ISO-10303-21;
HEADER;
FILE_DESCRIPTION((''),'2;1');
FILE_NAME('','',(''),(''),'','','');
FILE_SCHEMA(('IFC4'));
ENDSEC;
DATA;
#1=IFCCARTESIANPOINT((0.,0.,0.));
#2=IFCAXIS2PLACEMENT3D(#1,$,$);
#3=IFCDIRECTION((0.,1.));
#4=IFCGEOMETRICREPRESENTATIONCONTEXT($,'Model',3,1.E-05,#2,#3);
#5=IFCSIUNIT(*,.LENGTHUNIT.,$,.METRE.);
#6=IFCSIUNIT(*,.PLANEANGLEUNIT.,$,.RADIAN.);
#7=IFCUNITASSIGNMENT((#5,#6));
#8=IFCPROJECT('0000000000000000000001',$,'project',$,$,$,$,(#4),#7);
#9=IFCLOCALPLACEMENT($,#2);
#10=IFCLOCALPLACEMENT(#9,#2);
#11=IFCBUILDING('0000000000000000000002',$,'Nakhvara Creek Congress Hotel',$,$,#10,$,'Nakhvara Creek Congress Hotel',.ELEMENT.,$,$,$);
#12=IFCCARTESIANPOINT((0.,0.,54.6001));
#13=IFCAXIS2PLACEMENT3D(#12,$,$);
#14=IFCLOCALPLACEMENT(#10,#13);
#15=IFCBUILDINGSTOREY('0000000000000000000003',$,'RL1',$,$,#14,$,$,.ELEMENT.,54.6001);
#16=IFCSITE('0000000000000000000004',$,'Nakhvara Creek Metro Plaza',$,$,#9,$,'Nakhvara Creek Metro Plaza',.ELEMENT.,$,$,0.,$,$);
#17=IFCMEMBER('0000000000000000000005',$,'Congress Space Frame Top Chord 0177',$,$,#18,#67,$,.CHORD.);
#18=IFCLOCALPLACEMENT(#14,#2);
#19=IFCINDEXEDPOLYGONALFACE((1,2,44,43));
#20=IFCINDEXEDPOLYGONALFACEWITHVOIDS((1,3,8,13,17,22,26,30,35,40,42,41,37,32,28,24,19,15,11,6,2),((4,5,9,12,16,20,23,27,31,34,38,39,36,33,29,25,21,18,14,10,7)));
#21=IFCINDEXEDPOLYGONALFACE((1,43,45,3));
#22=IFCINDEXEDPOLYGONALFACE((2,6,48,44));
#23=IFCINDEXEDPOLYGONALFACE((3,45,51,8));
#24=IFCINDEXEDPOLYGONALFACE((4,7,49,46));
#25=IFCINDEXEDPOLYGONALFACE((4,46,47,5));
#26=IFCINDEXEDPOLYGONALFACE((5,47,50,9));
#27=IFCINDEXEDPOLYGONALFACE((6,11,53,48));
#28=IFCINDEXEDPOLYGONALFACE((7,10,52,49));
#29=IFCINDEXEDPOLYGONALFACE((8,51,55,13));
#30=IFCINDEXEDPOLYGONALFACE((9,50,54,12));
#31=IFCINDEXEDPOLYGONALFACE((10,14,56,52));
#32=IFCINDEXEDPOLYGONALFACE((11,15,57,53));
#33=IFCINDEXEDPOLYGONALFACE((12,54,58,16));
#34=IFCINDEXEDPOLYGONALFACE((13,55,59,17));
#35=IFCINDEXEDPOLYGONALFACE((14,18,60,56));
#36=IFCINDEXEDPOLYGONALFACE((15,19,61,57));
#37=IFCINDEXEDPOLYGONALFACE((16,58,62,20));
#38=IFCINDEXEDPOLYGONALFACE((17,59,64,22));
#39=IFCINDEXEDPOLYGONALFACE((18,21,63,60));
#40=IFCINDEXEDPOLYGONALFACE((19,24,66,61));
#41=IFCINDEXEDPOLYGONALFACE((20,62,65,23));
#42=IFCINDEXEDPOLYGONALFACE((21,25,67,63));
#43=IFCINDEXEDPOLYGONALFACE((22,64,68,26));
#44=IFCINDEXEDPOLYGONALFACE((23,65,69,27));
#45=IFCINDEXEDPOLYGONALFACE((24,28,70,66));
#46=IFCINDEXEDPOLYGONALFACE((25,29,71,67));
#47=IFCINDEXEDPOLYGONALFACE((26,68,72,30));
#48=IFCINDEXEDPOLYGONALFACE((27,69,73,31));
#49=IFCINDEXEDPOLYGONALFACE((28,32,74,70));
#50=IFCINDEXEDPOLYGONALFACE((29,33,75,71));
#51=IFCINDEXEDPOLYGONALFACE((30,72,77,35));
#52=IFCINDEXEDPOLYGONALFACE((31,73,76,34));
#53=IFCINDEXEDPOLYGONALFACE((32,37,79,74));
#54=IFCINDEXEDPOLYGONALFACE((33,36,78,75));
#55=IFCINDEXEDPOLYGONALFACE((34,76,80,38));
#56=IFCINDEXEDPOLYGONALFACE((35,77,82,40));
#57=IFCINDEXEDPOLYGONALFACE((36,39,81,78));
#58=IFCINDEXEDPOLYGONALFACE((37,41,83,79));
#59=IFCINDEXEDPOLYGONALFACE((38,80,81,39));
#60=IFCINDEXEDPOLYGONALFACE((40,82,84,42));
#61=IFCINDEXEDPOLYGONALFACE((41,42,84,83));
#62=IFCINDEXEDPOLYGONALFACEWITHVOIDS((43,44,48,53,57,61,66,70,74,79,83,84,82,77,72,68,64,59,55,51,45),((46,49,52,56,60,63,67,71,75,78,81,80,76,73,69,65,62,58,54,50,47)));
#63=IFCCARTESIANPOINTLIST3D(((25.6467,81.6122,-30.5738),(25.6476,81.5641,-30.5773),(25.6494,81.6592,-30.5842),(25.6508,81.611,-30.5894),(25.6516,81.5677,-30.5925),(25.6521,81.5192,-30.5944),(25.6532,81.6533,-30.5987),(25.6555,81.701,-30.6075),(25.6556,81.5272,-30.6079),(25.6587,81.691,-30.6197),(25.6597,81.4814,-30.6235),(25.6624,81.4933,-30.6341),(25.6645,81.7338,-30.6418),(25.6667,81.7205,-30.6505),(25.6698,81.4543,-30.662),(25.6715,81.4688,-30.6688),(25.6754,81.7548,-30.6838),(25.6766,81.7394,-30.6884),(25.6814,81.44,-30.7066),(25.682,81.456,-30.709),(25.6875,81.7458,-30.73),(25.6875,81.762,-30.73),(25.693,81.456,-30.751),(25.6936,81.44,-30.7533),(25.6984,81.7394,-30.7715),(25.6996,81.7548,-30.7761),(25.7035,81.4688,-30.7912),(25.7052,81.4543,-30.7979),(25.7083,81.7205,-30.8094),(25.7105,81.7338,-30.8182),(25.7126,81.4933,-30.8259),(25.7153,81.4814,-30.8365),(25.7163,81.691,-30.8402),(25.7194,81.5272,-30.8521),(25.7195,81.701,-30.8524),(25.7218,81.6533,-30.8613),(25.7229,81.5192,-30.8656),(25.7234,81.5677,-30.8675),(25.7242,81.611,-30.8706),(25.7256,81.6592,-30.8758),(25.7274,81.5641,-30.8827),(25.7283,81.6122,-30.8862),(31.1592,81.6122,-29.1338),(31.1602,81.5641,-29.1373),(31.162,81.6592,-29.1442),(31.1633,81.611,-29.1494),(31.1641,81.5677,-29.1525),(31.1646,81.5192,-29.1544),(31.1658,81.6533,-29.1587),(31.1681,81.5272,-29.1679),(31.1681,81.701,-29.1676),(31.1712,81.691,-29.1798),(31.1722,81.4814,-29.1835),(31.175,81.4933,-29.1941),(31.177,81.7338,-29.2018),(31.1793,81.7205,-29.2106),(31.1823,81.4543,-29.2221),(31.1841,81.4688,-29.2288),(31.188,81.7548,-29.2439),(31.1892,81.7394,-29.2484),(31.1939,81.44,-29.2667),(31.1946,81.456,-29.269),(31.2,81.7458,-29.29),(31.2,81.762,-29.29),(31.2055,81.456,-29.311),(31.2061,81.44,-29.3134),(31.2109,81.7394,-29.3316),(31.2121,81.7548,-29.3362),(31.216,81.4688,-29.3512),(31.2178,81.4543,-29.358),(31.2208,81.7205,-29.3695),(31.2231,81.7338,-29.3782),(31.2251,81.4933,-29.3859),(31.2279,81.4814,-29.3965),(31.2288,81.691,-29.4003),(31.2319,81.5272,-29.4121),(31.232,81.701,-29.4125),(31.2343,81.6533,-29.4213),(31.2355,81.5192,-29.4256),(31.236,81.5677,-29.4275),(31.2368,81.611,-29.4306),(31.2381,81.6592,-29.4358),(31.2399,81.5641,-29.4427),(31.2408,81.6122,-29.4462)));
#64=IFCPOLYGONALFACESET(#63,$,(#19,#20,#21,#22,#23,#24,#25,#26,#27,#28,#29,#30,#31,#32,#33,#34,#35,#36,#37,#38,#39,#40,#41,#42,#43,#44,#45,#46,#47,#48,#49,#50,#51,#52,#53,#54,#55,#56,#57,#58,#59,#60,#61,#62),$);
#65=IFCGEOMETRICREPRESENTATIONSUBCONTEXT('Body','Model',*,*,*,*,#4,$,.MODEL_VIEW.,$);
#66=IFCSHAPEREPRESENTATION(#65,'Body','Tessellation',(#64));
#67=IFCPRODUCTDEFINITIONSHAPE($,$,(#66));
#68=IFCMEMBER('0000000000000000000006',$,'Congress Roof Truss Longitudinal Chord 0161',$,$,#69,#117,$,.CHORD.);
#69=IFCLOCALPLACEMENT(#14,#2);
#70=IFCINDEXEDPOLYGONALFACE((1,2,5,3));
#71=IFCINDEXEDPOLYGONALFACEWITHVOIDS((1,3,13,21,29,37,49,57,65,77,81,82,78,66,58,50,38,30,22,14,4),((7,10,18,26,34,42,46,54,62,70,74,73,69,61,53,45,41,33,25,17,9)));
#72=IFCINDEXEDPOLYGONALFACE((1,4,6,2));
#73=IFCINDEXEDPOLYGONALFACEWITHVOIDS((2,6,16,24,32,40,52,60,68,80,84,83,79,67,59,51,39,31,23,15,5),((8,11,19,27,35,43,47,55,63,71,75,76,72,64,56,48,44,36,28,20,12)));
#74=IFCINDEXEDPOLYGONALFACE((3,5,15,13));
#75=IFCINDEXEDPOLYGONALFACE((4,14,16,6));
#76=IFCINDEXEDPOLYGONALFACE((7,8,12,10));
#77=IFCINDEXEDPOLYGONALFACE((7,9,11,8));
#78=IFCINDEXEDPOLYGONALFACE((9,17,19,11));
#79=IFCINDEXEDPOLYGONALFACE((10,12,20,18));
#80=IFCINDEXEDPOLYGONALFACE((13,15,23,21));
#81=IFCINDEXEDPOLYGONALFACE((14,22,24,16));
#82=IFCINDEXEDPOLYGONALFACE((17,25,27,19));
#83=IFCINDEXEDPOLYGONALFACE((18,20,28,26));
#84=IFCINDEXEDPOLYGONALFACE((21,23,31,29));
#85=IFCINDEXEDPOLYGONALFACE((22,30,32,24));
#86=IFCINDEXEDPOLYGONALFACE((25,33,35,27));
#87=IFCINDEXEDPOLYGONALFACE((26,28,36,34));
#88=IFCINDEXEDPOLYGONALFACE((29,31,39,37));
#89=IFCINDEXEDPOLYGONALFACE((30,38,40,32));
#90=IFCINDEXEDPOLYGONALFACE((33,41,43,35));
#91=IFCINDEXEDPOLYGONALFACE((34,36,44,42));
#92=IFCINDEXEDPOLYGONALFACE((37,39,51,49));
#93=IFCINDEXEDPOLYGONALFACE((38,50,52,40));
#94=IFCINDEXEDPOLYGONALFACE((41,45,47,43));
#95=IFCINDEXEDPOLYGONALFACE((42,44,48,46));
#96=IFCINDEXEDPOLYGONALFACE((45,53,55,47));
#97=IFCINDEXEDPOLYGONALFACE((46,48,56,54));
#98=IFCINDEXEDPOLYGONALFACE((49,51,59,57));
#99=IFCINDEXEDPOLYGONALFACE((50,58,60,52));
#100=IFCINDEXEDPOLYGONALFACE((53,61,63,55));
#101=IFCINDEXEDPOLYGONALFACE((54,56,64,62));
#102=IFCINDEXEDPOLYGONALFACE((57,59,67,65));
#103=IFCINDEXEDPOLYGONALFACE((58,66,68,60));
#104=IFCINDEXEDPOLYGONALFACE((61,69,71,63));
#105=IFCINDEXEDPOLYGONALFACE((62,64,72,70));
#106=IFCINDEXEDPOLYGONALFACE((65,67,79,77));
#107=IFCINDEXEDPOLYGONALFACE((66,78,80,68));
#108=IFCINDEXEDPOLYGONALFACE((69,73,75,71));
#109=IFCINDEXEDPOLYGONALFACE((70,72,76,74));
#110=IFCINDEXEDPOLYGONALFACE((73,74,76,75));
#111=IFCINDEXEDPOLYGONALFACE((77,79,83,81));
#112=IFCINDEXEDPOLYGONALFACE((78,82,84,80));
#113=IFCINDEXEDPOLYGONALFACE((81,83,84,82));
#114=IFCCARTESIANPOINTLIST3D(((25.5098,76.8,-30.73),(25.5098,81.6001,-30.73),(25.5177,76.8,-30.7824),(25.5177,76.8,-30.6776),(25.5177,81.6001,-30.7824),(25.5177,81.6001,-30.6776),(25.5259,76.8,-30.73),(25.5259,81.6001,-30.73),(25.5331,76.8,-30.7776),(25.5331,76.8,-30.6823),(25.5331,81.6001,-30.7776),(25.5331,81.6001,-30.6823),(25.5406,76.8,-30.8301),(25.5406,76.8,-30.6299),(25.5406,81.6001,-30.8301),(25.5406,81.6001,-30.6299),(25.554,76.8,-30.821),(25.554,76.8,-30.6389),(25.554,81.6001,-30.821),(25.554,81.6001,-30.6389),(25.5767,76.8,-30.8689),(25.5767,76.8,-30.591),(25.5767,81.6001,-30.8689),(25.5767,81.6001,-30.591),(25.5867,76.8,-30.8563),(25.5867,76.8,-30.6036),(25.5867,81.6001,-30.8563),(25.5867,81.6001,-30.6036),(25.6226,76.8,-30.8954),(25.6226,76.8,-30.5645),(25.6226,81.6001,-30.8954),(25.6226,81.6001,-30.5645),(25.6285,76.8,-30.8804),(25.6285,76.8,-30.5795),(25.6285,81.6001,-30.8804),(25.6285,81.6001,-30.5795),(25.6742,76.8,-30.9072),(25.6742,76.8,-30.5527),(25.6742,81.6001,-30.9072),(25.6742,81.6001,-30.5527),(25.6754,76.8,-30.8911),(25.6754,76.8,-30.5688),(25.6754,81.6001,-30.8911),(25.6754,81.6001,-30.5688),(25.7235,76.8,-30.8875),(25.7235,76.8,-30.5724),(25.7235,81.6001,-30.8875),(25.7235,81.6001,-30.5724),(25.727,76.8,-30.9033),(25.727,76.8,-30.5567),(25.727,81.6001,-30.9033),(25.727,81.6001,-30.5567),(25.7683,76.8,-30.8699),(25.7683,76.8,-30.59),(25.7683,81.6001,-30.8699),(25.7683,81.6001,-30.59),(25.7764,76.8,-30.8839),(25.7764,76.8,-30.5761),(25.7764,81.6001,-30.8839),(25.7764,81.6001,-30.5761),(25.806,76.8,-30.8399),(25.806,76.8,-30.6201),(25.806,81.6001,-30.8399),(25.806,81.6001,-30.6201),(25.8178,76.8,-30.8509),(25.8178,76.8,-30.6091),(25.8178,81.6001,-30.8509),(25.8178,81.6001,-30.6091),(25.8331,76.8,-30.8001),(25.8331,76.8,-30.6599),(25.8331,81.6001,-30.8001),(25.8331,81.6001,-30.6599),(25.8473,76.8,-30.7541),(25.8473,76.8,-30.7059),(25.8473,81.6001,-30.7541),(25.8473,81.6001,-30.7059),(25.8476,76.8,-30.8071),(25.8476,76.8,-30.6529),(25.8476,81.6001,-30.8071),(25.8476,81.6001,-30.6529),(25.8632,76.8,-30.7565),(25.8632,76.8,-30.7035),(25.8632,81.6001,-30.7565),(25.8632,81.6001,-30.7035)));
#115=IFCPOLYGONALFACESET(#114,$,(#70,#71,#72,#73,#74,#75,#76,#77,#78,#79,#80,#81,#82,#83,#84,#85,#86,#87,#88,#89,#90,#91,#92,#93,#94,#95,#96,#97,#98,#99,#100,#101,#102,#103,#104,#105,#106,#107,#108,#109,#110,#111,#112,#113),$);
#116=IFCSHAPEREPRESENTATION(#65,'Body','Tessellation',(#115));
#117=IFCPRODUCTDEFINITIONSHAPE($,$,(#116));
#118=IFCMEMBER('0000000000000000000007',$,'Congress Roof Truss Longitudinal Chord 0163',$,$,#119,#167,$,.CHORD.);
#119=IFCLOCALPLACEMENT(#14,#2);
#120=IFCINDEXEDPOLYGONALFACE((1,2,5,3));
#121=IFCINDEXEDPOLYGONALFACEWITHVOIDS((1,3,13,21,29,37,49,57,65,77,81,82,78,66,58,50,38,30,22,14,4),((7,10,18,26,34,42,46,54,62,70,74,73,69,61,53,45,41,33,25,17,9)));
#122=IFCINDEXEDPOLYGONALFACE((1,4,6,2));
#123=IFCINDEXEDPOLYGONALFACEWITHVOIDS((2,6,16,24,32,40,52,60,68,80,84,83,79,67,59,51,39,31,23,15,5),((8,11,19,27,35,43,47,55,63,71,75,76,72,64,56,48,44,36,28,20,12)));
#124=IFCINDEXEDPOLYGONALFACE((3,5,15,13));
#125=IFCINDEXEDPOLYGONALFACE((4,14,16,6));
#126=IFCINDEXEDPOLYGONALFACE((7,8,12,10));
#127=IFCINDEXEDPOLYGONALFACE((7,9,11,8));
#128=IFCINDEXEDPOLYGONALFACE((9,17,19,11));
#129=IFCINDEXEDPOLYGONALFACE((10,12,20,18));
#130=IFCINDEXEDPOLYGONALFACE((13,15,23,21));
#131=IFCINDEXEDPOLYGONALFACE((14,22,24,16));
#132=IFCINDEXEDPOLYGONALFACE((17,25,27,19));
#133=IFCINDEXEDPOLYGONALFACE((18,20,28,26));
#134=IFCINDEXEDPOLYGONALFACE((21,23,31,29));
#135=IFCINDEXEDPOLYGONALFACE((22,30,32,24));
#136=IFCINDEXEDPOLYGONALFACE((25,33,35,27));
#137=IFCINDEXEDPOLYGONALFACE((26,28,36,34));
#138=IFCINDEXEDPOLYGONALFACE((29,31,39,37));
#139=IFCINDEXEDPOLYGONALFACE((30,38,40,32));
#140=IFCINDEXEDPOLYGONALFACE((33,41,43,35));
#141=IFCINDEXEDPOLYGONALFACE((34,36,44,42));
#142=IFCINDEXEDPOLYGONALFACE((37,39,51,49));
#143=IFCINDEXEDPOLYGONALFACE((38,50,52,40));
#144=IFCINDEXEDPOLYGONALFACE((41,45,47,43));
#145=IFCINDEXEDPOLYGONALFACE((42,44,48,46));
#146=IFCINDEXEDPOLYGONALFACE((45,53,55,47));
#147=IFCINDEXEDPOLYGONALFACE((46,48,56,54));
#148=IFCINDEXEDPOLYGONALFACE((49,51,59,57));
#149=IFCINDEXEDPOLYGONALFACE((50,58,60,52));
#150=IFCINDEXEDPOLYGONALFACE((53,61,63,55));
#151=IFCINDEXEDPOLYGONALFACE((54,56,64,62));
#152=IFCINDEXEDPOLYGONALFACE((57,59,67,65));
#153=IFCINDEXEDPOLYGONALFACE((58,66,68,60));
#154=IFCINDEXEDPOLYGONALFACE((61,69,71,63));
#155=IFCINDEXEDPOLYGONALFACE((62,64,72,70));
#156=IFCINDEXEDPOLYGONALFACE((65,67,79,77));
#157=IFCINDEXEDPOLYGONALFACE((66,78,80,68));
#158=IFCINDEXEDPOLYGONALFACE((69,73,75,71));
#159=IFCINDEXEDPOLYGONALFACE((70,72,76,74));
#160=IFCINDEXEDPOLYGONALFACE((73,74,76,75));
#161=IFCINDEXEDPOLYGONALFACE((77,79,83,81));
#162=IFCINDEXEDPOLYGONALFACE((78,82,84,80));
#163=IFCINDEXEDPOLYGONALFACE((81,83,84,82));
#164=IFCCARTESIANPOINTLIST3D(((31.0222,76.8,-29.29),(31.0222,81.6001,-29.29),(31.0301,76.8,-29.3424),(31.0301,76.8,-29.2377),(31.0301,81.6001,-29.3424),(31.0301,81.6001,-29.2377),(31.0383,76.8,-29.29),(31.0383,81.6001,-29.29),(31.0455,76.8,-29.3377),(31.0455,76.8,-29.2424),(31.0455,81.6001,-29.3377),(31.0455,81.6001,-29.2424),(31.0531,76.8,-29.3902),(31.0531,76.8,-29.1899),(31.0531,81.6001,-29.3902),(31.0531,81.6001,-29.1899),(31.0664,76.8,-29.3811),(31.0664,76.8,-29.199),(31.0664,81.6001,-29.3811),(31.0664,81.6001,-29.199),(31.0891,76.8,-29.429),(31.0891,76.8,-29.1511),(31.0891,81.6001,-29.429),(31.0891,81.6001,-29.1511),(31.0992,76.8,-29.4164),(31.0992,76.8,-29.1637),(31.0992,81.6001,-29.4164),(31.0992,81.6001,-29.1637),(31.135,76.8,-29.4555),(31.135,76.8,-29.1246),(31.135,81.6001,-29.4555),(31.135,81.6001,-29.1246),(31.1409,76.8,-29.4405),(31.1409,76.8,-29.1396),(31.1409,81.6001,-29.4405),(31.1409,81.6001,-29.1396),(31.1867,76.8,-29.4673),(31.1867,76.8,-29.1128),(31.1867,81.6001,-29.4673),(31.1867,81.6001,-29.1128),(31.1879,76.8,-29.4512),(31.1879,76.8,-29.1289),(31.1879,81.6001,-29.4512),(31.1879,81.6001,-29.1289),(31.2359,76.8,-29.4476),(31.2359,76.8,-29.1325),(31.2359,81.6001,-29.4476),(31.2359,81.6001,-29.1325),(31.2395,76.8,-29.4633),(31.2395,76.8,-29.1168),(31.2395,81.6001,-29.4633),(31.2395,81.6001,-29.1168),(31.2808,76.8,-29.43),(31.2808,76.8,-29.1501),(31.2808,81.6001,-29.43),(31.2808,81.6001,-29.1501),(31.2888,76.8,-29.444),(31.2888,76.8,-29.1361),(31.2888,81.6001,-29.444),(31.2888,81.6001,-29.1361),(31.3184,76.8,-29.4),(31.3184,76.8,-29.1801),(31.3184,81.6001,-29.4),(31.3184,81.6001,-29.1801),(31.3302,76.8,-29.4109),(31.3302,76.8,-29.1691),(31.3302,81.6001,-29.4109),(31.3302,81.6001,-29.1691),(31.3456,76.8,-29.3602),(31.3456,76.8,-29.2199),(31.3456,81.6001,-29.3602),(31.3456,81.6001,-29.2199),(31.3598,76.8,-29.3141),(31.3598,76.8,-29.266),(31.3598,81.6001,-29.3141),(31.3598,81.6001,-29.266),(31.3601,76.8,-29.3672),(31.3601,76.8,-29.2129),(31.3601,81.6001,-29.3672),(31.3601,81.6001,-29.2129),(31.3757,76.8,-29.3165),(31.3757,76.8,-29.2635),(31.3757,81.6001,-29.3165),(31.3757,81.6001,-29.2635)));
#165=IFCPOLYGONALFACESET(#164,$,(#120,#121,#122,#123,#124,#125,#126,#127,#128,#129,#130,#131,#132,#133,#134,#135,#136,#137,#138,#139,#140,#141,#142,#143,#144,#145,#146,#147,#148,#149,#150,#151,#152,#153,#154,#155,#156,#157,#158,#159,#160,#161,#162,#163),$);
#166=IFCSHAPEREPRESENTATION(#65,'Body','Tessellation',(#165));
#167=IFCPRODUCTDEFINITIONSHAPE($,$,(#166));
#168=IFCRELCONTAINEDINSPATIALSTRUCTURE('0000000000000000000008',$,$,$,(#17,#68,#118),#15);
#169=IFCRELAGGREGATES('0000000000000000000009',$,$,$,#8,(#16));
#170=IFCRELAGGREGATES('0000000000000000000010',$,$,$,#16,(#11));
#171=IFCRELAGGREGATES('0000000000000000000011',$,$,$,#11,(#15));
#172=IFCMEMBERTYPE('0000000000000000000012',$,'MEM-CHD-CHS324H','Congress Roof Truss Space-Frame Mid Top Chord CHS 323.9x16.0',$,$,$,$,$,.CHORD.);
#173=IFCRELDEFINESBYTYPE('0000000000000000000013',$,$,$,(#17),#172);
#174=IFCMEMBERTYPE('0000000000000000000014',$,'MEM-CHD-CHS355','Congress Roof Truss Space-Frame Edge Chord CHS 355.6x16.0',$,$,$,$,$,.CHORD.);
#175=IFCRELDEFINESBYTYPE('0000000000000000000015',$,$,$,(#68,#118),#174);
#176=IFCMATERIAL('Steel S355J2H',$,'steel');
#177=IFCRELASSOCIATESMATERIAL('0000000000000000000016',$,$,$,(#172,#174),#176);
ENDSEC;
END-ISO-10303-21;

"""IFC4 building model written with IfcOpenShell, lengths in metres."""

from ifc_helpers import new_model, si_unit, direction, frame, origin, origin_2d, place, context, subcontext, project, spatial, hollow_circle, extrude, material, material_profile, profile_set, type_object, element, save


model = new_model("IFC4")

# Units and contexts
model_context = context("Model", 3, precision=1e-05, world=origin(), true_north=direction((0.0, 1.0)))
body_context = subcontext(model_context, "Body", "Model", "MODEL_VIEW")
ifc_project = project(units=[si_unit("LENGTHUNIT", "METRE"), si_unit("PLANEANGLEUNIT", "RADIAN")], contexts=[model_context])

# Site, building, storey
site_placement = place(None, origin())
site = spatial("IfcSite", under=ifc_project, at=site_placement, Name="Nakhvara Creek Metro Plaza", LongName="Nakhvara Creek Metro Plaza", CompositionType="ELEMENT", RefElevation=0.0)
building_placement = place(site_placement, origin())
building = spatial("IfcBuilding", under=site, at=building_placement, Name="Nakhvara Creek Congress Hotel", LongName="Nakhvara Creek Congress Hotel", CompositionType="ELEMENT")
storey_placement = place(building_placement, frame((0.0, 0.0, 54.6001)))
storey = spatial("IfcBuildingStorey", under=building, at=storey_placement, Name="RL1", CompositionType="ELEMENT", Elevation=54.6001)

# Members
ifc_material_1 = material(Name="Steel S355J2H", Category="steel")
ifc_material_profile_1 = material_profile(ifc_material_1, hollow_circle(Radius=0.1619, WallThickness=0.0161, at=origin_2d()), Name="CHS 323.9x16.0", Category="LoadBearing")
ifc_profile_set_1 = profile_set([ifc_material_profile_1], Name="Steel S355J2H")
member_type_1 = type_object("IfcMemberType", Name="MEM-CHD-CHS324H", Description="Congress Roof Truss Space-Frame Mid Top Chord CHS 323.9x16.0", PredefinedType="CHORD", material=ifc_profile_set_1)
for number, where, z_axis, x_axis, name in (
    (1, (25.6875, 81.6001, -30.73), (0.967535, 0.0, 0.252736), (0.0, 1.0, 0.0), "Congress Space Frame Top Chord 0177"),
):
    element("IfcMember", number, at=place(storey_placement, frame(where, z_axis=z_axis, x_axis=x_axis)), inside=storey, type_object=member_type_1, Name=name, PredefinedType="CHORD", context=body_context, shape_type="SweptSolid", body=[
        extrude(hollow_circle(Radius=0.1619, WallThickness=0.0161, at=origin_2d()), origin(), (0.0, 0.0, 1.0), 5.6975),
    ])
ifc_material_profile_2 = material_profile(ifc_material_1, hollow_circle(Radius=0.1777, WallThickness=0.0161, at=origin_2d()), Name="CHS 355.6x16.0", Category="LoadBearing")
ifc_profile_set_2 = profile_set([ifc_material_profile_2], Name="Steel S355J2H")
member_type_2 = type_object("IfcMemberType", Name="MEM-CHD-CHS355", Description="Congress Roof Truss Space-Frame Edge Chord CHS 355.6x16.0", PredefinedType="CHORD", material=ifc_profile_set_2)
for number, where, z_axis, x_axis, name in (
    (2, (25.6875, 76.8, -30.73), (0.0, 1.0, 0.0), (-1.0, 0.0, 0.0), "Congress Roof Truss Longitudinal Chord 0161"),
    (3, (31.2, 76.8, -29.29), (0.0, 1.0, 0.0), (-1.0, 0.0, 0.0), "Congress Roof Truss Longitudinal Chord 0163"),
):
    element("IfcMember", number, at=place(storey_placement, frame(where, z_axis=z_axis, x_axis=x_axis)), inside=storey, type_object=member_type_2, Name=name, PredefinedType="CHORD", context=body_context, shape_type="SweptSolid", body=[
        extrude(hollow_circle(Radius=0.1777, WallThickness=0.0161, at=origin_2d()), origin(), (0.0, 0.0, 1.0), 4.8),
    ])

save(model, "model.ifc")
